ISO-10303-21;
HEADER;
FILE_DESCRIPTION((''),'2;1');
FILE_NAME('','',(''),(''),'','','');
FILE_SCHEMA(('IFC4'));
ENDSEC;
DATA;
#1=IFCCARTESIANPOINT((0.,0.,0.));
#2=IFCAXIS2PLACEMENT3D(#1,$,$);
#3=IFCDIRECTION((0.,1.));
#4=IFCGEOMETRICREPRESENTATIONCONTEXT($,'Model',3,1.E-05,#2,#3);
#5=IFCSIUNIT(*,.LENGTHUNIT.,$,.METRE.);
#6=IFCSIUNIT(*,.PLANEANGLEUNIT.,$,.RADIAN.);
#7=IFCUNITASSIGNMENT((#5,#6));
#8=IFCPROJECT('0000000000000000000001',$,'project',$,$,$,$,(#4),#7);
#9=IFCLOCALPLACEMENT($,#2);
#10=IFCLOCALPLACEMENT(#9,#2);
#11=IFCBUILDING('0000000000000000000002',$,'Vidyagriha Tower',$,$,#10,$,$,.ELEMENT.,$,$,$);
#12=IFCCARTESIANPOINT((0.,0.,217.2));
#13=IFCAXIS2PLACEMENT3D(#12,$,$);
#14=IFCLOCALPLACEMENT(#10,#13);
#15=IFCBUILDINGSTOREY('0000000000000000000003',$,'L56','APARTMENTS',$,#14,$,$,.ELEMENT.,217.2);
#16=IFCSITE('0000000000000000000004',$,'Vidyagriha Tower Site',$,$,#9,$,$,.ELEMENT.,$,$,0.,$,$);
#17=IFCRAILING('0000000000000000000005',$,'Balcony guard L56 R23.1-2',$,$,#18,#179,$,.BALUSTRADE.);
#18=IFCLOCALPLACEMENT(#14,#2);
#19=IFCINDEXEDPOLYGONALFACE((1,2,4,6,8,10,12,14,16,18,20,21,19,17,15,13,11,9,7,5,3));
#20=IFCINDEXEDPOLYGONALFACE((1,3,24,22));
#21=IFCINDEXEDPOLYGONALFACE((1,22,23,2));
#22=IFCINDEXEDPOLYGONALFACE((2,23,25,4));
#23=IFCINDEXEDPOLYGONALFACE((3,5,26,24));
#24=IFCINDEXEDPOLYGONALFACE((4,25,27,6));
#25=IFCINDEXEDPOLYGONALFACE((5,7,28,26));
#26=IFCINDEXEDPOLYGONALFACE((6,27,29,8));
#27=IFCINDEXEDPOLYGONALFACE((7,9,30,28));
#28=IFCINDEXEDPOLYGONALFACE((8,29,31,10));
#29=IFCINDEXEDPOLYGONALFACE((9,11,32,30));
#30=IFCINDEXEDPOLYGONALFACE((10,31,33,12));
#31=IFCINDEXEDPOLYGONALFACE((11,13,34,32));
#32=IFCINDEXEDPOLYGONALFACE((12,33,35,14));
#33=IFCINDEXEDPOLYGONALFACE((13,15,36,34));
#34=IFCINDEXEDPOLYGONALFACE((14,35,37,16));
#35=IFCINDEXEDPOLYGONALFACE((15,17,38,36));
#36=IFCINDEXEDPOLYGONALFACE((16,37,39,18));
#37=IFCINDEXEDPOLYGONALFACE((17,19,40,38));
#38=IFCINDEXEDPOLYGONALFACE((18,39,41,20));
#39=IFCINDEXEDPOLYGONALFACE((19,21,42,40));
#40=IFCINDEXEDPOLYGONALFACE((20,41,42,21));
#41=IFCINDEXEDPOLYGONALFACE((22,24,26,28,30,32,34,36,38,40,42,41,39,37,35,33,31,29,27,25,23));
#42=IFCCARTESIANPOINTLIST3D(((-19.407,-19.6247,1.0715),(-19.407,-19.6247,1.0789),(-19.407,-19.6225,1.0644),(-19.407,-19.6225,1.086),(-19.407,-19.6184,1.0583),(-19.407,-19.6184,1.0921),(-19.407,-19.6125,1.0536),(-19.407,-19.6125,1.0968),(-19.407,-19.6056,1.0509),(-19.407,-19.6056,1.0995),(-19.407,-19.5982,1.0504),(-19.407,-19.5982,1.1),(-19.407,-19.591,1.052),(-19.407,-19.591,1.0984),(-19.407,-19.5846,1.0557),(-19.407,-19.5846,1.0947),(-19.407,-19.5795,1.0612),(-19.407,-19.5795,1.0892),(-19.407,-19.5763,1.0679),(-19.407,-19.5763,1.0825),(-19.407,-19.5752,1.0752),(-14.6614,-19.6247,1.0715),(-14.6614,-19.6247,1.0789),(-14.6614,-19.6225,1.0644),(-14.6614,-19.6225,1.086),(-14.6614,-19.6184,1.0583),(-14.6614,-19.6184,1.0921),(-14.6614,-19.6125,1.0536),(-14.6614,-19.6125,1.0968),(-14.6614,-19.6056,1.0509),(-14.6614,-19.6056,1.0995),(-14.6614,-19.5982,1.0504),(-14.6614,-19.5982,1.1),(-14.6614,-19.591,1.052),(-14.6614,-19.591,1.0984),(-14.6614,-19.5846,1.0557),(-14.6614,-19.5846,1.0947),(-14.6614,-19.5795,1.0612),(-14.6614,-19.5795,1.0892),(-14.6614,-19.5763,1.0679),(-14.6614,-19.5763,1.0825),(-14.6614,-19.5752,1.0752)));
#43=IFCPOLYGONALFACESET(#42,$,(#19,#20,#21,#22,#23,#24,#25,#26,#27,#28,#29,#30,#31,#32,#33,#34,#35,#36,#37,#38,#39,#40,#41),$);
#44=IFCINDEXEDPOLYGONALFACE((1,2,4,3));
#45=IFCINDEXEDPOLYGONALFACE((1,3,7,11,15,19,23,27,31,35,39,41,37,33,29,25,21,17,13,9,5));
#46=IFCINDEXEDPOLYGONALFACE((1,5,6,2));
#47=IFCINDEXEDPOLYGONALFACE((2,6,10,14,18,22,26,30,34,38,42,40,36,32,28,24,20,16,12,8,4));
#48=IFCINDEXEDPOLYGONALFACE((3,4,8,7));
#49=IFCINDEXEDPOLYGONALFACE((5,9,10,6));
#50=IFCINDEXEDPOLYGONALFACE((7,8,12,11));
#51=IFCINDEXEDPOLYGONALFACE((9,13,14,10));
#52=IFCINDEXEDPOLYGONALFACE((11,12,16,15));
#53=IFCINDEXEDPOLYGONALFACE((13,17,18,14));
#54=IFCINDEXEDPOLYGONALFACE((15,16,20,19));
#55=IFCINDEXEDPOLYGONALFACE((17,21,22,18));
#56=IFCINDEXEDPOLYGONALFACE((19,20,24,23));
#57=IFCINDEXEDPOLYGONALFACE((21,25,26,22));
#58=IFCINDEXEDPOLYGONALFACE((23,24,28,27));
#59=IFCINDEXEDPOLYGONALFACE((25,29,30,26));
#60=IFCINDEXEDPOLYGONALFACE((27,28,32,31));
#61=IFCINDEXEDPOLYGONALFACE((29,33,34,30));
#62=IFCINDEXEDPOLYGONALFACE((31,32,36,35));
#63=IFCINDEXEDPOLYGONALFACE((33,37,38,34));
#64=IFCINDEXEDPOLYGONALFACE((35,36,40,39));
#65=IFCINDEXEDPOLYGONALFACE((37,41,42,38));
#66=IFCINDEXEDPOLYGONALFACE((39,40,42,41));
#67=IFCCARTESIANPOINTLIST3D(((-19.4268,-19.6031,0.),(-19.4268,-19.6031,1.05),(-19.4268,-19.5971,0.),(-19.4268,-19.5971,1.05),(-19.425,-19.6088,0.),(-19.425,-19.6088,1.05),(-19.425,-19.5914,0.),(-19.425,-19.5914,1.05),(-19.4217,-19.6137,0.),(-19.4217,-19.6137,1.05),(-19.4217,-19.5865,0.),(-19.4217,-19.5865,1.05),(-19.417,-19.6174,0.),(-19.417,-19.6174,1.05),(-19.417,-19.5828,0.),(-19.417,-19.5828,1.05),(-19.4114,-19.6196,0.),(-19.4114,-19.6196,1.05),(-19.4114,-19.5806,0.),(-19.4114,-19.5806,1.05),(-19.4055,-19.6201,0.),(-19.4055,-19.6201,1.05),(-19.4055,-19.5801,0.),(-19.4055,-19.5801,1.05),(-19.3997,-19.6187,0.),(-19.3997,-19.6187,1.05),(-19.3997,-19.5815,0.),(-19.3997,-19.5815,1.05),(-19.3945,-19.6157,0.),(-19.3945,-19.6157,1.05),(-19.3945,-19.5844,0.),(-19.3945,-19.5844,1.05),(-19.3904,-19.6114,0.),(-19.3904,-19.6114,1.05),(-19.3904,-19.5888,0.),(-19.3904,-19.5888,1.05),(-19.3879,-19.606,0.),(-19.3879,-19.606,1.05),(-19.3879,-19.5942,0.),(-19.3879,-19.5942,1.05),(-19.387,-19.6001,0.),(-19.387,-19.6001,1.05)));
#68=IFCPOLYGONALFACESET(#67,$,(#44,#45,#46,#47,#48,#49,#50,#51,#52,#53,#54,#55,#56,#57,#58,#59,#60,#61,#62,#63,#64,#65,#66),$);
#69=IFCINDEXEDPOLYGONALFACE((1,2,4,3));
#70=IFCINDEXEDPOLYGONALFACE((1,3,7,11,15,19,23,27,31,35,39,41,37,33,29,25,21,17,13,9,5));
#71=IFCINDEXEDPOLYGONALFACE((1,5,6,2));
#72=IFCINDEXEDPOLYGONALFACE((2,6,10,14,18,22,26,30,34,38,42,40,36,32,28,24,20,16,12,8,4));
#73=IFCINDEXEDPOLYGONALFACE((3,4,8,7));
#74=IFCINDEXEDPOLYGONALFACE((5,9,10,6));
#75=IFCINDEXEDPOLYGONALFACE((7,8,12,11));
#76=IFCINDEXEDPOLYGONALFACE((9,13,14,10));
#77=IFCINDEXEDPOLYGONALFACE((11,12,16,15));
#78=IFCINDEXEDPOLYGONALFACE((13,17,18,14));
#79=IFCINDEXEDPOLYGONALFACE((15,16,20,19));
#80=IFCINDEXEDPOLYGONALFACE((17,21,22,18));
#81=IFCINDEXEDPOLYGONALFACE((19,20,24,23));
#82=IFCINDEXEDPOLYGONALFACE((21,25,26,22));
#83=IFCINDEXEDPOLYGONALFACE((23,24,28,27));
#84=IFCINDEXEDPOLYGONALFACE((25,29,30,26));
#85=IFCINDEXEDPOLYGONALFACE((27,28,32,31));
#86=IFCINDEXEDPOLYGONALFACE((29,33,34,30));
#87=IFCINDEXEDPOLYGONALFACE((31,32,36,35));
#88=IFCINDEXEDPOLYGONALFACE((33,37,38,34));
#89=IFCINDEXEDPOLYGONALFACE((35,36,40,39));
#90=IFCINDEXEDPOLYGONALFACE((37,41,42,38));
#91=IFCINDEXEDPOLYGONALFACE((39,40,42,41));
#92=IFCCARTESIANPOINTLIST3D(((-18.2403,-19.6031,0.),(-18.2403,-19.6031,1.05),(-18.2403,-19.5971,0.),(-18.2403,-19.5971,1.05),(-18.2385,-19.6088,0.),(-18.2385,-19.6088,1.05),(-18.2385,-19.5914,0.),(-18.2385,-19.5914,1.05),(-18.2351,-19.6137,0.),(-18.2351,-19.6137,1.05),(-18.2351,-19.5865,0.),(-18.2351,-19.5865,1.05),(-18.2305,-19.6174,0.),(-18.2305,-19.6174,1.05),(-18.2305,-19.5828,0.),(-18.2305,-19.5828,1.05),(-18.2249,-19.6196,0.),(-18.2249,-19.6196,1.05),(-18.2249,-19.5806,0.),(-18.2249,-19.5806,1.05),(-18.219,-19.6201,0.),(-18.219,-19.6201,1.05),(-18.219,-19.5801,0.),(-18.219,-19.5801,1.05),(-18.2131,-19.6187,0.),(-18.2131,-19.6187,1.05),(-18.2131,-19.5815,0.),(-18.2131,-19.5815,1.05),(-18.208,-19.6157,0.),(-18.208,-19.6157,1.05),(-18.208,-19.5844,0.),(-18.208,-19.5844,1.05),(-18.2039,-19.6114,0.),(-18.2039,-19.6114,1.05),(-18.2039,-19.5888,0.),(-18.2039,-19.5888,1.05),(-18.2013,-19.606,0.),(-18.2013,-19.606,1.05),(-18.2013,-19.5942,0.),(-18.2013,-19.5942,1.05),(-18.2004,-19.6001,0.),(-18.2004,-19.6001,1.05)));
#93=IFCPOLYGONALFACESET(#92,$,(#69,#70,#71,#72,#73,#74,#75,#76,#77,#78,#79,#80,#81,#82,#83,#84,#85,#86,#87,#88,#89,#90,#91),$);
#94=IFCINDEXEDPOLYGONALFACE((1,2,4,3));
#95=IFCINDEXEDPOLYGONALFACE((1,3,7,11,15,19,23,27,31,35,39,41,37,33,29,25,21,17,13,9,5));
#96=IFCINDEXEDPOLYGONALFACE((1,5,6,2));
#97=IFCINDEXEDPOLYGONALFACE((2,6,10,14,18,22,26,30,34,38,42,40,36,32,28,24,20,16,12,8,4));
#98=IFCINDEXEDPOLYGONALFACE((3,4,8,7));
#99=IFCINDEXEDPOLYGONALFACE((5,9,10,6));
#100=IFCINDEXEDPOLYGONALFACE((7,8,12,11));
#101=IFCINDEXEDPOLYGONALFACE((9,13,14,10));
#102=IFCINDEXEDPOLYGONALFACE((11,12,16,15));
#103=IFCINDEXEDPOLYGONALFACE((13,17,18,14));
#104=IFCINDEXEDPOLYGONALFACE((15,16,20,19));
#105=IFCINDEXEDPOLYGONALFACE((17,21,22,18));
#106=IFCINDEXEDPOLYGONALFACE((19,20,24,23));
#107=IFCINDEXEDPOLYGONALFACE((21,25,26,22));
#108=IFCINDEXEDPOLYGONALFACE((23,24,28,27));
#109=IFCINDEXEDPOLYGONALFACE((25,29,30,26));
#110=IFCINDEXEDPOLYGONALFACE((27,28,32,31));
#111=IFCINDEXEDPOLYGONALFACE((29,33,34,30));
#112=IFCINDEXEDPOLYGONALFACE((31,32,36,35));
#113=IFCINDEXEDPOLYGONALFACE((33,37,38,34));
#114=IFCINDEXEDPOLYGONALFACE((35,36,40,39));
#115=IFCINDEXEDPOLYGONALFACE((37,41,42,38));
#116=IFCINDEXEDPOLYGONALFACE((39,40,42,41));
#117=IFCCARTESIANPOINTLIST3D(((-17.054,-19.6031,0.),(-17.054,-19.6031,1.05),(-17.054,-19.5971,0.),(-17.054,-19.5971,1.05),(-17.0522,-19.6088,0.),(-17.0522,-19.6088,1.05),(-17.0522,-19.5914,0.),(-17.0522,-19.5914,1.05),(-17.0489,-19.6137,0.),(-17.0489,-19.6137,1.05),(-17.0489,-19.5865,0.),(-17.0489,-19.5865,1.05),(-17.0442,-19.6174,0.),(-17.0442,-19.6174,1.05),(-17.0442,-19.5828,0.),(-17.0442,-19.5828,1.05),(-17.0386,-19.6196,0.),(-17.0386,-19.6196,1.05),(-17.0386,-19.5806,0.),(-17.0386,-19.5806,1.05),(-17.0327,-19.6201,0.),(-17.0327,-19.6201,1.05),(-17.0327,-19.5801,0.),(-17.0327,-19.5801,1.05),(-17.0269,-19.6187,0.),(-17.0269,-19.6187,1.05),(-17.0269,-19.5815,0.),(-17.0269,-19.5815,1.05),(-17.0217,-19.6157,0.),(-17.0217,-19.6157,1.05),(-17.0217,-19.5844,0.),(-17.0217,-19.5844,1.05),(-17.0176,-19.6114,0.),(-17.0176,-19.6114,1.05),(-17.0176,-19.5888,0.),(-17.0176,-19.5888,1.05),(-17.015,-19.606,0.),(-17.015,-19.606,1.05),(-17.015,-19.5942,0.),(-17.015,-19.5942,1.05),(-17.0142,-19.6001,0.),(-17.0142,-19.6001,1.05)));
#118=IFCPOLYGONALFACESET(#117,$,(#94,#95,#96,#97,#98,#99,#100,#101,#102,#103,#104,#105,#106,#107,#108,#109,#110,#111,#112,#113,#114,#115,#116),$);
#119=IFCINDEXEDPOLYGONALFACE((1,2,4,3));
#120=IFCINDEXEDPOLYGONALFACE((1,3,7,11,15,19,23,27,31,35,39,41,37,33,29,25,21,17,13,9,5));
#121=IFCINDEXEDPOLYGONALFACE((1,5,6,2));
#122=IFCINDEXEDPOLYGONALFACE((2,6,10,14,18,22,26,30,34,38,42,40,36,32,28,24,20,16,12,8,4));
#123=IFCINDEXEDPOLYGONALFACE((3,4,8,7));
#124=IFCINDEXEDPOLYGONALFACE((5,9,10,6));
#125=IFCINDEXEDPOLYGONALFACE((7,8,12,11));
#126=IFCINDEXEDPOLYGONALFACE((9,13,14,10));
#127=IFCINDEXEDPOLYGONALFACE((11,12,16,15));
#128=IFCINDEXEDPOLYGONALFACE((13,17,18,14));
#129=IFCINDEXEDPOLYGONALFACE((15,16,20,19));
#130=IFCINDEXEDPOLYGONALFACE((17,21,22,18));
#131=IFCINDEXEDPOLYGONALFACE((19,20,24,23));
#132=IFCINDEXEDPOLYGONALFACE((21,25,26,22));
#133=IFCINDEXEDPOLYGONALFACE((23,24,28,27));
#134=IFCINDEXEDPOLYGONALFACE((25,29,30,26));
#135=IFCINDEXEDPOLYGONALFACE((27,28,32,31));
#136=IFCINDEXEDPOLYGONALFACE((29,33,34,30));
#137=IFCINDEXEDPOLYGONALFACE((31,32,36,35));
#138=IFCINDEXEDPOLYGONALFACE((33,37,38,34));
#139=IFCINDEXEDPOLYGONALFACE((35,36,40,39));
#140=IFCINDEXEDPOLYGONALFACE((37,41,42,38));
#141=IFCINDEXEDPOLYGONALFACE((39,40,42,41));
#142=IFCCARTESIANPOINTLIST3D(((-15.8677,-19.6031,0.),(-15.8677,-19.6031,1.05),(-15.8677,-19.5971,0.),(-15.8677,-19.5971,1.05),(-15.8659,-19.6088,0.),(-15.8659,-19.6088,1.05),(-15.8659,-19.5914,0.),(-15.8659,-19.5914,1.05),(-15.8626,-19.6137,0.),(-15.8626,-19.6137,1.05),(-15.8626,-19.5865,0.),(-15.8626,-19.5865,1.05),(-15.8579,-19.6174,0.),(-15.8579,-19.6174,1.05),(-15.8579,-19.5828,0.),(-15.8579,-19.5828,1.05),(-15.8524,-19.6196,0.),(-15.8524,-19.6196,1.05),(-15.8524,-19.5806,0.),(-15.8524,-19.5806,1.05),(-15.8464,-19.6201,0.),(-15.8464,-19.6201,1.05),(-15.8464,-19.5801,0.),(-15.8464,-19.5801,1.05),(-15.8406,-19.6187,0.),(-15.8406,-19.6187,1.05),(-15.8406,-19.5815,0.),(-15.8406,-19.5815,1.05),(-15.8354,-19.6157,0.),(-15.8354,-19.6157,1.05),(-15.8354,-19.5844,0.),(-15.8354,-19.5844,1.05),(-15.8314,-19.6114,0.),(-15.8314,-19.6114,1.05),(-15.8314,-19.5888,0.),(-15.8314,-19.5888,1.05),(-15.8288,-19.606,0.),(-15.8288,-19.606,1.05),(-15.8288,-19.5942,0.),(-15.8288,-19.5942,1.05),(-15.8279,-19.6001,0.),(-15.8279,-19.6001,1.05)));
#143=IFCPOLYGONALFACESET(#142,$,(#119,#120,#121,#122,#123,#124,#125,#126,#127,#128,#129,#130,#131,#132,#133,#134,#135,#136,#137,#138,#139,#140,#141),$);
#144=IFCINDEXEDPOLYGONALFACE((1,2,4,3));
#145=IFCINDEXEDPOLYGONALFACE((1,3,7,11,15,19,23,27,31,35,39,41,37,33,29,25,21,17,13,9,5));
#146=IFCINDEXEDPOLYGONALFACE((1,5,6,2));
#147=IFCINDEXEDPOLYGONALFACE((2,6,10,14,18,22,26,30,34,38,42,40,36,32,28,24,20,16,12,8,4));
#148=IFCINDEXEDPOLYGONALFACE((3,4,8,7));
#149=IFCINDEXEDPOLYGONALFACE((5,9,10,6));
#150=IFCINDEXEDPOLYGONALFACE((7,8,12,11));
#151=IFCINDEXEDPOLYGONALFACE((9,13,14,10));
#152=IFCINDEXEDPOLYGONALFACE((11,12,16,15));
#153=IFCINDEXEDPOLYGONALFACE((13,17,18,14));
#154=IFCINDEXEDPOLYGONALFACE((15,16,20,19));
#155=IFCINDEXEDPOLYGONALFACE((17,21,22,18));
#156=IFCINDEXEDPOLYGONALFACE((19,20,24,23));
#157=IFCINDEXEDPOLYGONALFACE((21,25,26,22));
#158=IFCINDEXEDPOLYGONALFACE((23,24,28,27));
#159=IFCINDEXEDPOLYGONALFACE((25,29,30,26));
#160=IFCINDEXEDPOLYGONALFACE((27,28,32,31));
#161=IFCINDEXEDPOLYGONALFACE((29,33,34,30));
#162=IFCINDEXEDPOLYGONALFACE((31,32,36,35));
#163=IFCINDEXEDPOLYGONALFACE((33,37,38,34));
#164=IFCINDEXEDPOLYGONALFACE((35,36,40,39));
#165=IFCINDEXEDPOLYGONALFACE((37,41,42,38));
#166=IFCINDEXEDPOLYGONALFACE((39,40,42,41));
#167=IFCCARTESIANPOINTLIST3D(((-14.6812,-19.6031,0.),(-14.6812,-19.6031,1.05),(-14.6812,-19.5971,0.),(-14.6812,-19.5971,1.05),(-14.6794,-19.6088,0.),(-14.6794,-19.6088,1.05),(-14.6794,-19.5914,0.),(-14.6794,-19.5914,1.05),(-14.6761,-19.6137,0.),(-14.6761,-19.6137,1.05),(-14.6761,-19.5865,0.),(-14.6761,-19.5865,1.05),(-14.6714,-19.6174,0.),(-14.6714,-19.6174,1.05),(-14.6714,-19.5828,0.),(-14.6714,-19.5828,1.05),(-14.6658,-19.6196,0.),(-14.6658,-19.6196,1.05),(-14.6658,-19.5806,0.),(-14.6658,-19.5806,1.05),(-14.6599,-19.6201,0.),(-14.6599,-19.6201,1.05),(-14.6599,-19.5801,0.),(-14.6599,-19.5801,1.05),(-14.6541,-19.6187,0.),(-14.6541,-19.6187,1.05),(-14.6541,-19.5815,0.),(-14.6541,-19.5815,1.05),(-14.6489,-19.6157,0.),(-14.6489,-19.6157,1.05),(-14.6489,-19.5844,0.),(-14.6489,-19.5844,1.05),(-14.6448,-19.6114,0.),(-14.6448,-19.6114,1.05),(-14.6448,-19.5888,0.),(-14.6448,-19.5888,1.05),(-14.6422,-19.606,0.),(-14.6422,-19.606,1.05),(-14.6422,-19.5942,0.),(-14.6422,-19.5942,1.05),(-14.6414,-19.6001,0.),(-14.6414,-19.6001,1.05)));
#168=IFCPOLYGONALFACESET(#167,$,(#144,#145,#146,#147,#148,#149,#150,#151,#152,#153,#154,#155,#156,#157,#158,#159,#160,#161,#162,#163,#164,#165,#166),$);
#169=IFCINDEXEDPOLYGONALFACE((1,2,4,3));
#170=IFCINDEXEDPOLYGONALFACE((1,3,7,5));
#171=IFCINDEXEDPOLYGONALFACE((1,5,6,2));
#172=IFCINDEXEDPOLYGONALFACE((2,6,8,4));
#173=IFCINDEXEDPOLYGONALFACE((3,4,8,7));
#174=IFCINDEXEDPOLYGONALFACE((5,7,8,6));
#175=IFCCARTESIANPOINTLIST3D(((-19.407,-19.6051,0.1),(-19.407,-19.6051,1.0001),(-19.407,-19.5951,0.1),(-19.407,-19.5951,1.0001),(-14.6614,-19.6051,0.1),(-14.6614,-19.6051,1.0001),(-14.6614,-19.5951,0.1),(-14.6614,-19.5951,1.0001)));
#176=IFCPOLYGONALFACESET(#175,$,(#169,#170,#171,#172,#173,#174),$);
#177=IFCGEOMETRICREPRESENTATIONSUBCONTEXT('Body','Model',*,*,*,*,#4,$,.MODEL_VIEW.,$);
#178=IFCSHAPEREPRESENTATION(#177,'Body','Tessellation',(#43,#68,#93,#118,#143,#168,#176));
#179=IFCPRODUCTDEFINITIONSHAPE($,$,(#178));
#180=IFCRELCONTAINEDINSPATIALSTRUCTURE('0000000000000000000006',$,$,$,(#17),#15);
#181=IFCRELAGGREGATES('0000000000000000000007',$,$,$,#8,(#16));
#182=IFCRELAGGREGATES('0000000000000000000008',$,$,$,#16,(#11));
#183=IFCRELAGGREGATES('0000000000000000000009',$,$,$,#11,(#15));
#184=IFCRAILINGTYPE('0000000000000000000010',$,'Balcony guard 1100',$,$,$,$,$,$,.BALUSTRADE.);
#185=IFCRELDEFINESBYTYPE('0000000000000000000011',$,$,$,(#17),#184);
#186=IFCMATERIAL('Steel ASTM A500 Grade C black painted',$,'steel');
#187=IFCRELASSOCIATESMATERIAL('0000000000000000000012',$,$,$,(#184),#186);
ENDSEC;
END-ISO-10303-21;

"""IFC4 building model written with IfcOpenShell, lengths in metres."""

from ifc_helpers import new_model, si_unit, direction, frame, origin, origin_2d, place, context, subcontext, project, spatial, rectangle, circle, extrude, material, type_object, element, save


model = new_model("IFC4")

# Units and contexts
model_context = context("Model", 3, precision=1e-05, world=origin(), true_north=direction((0.0, 1.0)))
body_context = subcontext(model_context, "Body", "Model", "MODEL_VIEW")
ifc_project = project(units=[si_unit("LENGTHUNIT", "METRE"), si_unit("PLANEANGLEUNIT", "RADIAN")], contexts=[model_context])

# Site, building, storey
site_placement = place(None, origin())
site = spatial("IfcSite", under=ifc_project, at=site_placement, Name="Vidyagriha Tower Site", CompositionType="ELEMENT", RefElevation=0.0)
building_placement = place(site_placement, origin())
building = spatial("IfcBuilding", under=site, at=building_placement, Name="Vidyagriha Tower", CompositionType="ELEMENT")
storey_placement = place(building_placement, frame((0.0, 0.0, 217.2)))
storey = spatial("IfcBuildingStorey", under=building, at=storey_placement, Name="L56", Description="APARTMENTS", CompositionType="ELEMENT", Elevation=217.2)

# Railing
ifc_material_1 = material(Name="Steel ASTM A500 Grade C black painted", Category="steel")
railing_type = type_object("IfcRailingType", Name="Balcony guard 1100", PredefinedType="BALUSTRADE", material=ifc_material_1)
railing_1_placement = place(storey_placement, frame((-19.407, -19.6001, 0.0)))
element("IfcRailing", 1, at=railing_1_placement, inside=storey, type_object=railing_type, Name="Balcony guard L56 R23.1-2", PredefinedType="BALUSTRADE", context=body_context, shape_type="SweptSolid", body=[
    extrude(circle(Radius=0.0249, at=origin_2d()), frame((0.0, 0.0, 1.0752), z_axis=(1.0, 0.0, 0.0), x_axis=(0.0, 1.0, 0.0)), (0.0, 0.0, 1.0), 4.7456),
    extrude(circle(Radius=0.02, at=origin_2d()), origin(), (0.0, 0.0, 1.0), 1.05),
    extrude(circle(Radius=0.02, at=origin_2d()), frame((1.1865, 0.0, 0.0)), (0.0, 0.0, 1.0), 1.05),
    extrude(circle(Radius=0.02, at=origin_2d()), frame((2.3728, 0.0, 0.0)), (0.0, 0.0, 1.0), 1.05),
    extrude(circle(Radius=0.02, at=origin_2d()), frame((3.5591, 0.0, 0.0)), (0.0, 0.0, 1.0), 1.05),
    extrude(circle(Radius=0.02, at=origin_2d()), frame((4.7456, 0.0, 0.0)), (0.0, 0.0, 1.0), 1.05),
    extrude(rectangle(XDim=0.01, YDim=0.9001, at=origin_2d()), frame((0.0, 0.0, 0.55), z_axis=(1.0, 0.0, 0.0), x_axis=(0.0, 1.0, 0.0)), (0.0, 0.0, 1.0), 4.7456),
])

save(model, "model.ifc")
